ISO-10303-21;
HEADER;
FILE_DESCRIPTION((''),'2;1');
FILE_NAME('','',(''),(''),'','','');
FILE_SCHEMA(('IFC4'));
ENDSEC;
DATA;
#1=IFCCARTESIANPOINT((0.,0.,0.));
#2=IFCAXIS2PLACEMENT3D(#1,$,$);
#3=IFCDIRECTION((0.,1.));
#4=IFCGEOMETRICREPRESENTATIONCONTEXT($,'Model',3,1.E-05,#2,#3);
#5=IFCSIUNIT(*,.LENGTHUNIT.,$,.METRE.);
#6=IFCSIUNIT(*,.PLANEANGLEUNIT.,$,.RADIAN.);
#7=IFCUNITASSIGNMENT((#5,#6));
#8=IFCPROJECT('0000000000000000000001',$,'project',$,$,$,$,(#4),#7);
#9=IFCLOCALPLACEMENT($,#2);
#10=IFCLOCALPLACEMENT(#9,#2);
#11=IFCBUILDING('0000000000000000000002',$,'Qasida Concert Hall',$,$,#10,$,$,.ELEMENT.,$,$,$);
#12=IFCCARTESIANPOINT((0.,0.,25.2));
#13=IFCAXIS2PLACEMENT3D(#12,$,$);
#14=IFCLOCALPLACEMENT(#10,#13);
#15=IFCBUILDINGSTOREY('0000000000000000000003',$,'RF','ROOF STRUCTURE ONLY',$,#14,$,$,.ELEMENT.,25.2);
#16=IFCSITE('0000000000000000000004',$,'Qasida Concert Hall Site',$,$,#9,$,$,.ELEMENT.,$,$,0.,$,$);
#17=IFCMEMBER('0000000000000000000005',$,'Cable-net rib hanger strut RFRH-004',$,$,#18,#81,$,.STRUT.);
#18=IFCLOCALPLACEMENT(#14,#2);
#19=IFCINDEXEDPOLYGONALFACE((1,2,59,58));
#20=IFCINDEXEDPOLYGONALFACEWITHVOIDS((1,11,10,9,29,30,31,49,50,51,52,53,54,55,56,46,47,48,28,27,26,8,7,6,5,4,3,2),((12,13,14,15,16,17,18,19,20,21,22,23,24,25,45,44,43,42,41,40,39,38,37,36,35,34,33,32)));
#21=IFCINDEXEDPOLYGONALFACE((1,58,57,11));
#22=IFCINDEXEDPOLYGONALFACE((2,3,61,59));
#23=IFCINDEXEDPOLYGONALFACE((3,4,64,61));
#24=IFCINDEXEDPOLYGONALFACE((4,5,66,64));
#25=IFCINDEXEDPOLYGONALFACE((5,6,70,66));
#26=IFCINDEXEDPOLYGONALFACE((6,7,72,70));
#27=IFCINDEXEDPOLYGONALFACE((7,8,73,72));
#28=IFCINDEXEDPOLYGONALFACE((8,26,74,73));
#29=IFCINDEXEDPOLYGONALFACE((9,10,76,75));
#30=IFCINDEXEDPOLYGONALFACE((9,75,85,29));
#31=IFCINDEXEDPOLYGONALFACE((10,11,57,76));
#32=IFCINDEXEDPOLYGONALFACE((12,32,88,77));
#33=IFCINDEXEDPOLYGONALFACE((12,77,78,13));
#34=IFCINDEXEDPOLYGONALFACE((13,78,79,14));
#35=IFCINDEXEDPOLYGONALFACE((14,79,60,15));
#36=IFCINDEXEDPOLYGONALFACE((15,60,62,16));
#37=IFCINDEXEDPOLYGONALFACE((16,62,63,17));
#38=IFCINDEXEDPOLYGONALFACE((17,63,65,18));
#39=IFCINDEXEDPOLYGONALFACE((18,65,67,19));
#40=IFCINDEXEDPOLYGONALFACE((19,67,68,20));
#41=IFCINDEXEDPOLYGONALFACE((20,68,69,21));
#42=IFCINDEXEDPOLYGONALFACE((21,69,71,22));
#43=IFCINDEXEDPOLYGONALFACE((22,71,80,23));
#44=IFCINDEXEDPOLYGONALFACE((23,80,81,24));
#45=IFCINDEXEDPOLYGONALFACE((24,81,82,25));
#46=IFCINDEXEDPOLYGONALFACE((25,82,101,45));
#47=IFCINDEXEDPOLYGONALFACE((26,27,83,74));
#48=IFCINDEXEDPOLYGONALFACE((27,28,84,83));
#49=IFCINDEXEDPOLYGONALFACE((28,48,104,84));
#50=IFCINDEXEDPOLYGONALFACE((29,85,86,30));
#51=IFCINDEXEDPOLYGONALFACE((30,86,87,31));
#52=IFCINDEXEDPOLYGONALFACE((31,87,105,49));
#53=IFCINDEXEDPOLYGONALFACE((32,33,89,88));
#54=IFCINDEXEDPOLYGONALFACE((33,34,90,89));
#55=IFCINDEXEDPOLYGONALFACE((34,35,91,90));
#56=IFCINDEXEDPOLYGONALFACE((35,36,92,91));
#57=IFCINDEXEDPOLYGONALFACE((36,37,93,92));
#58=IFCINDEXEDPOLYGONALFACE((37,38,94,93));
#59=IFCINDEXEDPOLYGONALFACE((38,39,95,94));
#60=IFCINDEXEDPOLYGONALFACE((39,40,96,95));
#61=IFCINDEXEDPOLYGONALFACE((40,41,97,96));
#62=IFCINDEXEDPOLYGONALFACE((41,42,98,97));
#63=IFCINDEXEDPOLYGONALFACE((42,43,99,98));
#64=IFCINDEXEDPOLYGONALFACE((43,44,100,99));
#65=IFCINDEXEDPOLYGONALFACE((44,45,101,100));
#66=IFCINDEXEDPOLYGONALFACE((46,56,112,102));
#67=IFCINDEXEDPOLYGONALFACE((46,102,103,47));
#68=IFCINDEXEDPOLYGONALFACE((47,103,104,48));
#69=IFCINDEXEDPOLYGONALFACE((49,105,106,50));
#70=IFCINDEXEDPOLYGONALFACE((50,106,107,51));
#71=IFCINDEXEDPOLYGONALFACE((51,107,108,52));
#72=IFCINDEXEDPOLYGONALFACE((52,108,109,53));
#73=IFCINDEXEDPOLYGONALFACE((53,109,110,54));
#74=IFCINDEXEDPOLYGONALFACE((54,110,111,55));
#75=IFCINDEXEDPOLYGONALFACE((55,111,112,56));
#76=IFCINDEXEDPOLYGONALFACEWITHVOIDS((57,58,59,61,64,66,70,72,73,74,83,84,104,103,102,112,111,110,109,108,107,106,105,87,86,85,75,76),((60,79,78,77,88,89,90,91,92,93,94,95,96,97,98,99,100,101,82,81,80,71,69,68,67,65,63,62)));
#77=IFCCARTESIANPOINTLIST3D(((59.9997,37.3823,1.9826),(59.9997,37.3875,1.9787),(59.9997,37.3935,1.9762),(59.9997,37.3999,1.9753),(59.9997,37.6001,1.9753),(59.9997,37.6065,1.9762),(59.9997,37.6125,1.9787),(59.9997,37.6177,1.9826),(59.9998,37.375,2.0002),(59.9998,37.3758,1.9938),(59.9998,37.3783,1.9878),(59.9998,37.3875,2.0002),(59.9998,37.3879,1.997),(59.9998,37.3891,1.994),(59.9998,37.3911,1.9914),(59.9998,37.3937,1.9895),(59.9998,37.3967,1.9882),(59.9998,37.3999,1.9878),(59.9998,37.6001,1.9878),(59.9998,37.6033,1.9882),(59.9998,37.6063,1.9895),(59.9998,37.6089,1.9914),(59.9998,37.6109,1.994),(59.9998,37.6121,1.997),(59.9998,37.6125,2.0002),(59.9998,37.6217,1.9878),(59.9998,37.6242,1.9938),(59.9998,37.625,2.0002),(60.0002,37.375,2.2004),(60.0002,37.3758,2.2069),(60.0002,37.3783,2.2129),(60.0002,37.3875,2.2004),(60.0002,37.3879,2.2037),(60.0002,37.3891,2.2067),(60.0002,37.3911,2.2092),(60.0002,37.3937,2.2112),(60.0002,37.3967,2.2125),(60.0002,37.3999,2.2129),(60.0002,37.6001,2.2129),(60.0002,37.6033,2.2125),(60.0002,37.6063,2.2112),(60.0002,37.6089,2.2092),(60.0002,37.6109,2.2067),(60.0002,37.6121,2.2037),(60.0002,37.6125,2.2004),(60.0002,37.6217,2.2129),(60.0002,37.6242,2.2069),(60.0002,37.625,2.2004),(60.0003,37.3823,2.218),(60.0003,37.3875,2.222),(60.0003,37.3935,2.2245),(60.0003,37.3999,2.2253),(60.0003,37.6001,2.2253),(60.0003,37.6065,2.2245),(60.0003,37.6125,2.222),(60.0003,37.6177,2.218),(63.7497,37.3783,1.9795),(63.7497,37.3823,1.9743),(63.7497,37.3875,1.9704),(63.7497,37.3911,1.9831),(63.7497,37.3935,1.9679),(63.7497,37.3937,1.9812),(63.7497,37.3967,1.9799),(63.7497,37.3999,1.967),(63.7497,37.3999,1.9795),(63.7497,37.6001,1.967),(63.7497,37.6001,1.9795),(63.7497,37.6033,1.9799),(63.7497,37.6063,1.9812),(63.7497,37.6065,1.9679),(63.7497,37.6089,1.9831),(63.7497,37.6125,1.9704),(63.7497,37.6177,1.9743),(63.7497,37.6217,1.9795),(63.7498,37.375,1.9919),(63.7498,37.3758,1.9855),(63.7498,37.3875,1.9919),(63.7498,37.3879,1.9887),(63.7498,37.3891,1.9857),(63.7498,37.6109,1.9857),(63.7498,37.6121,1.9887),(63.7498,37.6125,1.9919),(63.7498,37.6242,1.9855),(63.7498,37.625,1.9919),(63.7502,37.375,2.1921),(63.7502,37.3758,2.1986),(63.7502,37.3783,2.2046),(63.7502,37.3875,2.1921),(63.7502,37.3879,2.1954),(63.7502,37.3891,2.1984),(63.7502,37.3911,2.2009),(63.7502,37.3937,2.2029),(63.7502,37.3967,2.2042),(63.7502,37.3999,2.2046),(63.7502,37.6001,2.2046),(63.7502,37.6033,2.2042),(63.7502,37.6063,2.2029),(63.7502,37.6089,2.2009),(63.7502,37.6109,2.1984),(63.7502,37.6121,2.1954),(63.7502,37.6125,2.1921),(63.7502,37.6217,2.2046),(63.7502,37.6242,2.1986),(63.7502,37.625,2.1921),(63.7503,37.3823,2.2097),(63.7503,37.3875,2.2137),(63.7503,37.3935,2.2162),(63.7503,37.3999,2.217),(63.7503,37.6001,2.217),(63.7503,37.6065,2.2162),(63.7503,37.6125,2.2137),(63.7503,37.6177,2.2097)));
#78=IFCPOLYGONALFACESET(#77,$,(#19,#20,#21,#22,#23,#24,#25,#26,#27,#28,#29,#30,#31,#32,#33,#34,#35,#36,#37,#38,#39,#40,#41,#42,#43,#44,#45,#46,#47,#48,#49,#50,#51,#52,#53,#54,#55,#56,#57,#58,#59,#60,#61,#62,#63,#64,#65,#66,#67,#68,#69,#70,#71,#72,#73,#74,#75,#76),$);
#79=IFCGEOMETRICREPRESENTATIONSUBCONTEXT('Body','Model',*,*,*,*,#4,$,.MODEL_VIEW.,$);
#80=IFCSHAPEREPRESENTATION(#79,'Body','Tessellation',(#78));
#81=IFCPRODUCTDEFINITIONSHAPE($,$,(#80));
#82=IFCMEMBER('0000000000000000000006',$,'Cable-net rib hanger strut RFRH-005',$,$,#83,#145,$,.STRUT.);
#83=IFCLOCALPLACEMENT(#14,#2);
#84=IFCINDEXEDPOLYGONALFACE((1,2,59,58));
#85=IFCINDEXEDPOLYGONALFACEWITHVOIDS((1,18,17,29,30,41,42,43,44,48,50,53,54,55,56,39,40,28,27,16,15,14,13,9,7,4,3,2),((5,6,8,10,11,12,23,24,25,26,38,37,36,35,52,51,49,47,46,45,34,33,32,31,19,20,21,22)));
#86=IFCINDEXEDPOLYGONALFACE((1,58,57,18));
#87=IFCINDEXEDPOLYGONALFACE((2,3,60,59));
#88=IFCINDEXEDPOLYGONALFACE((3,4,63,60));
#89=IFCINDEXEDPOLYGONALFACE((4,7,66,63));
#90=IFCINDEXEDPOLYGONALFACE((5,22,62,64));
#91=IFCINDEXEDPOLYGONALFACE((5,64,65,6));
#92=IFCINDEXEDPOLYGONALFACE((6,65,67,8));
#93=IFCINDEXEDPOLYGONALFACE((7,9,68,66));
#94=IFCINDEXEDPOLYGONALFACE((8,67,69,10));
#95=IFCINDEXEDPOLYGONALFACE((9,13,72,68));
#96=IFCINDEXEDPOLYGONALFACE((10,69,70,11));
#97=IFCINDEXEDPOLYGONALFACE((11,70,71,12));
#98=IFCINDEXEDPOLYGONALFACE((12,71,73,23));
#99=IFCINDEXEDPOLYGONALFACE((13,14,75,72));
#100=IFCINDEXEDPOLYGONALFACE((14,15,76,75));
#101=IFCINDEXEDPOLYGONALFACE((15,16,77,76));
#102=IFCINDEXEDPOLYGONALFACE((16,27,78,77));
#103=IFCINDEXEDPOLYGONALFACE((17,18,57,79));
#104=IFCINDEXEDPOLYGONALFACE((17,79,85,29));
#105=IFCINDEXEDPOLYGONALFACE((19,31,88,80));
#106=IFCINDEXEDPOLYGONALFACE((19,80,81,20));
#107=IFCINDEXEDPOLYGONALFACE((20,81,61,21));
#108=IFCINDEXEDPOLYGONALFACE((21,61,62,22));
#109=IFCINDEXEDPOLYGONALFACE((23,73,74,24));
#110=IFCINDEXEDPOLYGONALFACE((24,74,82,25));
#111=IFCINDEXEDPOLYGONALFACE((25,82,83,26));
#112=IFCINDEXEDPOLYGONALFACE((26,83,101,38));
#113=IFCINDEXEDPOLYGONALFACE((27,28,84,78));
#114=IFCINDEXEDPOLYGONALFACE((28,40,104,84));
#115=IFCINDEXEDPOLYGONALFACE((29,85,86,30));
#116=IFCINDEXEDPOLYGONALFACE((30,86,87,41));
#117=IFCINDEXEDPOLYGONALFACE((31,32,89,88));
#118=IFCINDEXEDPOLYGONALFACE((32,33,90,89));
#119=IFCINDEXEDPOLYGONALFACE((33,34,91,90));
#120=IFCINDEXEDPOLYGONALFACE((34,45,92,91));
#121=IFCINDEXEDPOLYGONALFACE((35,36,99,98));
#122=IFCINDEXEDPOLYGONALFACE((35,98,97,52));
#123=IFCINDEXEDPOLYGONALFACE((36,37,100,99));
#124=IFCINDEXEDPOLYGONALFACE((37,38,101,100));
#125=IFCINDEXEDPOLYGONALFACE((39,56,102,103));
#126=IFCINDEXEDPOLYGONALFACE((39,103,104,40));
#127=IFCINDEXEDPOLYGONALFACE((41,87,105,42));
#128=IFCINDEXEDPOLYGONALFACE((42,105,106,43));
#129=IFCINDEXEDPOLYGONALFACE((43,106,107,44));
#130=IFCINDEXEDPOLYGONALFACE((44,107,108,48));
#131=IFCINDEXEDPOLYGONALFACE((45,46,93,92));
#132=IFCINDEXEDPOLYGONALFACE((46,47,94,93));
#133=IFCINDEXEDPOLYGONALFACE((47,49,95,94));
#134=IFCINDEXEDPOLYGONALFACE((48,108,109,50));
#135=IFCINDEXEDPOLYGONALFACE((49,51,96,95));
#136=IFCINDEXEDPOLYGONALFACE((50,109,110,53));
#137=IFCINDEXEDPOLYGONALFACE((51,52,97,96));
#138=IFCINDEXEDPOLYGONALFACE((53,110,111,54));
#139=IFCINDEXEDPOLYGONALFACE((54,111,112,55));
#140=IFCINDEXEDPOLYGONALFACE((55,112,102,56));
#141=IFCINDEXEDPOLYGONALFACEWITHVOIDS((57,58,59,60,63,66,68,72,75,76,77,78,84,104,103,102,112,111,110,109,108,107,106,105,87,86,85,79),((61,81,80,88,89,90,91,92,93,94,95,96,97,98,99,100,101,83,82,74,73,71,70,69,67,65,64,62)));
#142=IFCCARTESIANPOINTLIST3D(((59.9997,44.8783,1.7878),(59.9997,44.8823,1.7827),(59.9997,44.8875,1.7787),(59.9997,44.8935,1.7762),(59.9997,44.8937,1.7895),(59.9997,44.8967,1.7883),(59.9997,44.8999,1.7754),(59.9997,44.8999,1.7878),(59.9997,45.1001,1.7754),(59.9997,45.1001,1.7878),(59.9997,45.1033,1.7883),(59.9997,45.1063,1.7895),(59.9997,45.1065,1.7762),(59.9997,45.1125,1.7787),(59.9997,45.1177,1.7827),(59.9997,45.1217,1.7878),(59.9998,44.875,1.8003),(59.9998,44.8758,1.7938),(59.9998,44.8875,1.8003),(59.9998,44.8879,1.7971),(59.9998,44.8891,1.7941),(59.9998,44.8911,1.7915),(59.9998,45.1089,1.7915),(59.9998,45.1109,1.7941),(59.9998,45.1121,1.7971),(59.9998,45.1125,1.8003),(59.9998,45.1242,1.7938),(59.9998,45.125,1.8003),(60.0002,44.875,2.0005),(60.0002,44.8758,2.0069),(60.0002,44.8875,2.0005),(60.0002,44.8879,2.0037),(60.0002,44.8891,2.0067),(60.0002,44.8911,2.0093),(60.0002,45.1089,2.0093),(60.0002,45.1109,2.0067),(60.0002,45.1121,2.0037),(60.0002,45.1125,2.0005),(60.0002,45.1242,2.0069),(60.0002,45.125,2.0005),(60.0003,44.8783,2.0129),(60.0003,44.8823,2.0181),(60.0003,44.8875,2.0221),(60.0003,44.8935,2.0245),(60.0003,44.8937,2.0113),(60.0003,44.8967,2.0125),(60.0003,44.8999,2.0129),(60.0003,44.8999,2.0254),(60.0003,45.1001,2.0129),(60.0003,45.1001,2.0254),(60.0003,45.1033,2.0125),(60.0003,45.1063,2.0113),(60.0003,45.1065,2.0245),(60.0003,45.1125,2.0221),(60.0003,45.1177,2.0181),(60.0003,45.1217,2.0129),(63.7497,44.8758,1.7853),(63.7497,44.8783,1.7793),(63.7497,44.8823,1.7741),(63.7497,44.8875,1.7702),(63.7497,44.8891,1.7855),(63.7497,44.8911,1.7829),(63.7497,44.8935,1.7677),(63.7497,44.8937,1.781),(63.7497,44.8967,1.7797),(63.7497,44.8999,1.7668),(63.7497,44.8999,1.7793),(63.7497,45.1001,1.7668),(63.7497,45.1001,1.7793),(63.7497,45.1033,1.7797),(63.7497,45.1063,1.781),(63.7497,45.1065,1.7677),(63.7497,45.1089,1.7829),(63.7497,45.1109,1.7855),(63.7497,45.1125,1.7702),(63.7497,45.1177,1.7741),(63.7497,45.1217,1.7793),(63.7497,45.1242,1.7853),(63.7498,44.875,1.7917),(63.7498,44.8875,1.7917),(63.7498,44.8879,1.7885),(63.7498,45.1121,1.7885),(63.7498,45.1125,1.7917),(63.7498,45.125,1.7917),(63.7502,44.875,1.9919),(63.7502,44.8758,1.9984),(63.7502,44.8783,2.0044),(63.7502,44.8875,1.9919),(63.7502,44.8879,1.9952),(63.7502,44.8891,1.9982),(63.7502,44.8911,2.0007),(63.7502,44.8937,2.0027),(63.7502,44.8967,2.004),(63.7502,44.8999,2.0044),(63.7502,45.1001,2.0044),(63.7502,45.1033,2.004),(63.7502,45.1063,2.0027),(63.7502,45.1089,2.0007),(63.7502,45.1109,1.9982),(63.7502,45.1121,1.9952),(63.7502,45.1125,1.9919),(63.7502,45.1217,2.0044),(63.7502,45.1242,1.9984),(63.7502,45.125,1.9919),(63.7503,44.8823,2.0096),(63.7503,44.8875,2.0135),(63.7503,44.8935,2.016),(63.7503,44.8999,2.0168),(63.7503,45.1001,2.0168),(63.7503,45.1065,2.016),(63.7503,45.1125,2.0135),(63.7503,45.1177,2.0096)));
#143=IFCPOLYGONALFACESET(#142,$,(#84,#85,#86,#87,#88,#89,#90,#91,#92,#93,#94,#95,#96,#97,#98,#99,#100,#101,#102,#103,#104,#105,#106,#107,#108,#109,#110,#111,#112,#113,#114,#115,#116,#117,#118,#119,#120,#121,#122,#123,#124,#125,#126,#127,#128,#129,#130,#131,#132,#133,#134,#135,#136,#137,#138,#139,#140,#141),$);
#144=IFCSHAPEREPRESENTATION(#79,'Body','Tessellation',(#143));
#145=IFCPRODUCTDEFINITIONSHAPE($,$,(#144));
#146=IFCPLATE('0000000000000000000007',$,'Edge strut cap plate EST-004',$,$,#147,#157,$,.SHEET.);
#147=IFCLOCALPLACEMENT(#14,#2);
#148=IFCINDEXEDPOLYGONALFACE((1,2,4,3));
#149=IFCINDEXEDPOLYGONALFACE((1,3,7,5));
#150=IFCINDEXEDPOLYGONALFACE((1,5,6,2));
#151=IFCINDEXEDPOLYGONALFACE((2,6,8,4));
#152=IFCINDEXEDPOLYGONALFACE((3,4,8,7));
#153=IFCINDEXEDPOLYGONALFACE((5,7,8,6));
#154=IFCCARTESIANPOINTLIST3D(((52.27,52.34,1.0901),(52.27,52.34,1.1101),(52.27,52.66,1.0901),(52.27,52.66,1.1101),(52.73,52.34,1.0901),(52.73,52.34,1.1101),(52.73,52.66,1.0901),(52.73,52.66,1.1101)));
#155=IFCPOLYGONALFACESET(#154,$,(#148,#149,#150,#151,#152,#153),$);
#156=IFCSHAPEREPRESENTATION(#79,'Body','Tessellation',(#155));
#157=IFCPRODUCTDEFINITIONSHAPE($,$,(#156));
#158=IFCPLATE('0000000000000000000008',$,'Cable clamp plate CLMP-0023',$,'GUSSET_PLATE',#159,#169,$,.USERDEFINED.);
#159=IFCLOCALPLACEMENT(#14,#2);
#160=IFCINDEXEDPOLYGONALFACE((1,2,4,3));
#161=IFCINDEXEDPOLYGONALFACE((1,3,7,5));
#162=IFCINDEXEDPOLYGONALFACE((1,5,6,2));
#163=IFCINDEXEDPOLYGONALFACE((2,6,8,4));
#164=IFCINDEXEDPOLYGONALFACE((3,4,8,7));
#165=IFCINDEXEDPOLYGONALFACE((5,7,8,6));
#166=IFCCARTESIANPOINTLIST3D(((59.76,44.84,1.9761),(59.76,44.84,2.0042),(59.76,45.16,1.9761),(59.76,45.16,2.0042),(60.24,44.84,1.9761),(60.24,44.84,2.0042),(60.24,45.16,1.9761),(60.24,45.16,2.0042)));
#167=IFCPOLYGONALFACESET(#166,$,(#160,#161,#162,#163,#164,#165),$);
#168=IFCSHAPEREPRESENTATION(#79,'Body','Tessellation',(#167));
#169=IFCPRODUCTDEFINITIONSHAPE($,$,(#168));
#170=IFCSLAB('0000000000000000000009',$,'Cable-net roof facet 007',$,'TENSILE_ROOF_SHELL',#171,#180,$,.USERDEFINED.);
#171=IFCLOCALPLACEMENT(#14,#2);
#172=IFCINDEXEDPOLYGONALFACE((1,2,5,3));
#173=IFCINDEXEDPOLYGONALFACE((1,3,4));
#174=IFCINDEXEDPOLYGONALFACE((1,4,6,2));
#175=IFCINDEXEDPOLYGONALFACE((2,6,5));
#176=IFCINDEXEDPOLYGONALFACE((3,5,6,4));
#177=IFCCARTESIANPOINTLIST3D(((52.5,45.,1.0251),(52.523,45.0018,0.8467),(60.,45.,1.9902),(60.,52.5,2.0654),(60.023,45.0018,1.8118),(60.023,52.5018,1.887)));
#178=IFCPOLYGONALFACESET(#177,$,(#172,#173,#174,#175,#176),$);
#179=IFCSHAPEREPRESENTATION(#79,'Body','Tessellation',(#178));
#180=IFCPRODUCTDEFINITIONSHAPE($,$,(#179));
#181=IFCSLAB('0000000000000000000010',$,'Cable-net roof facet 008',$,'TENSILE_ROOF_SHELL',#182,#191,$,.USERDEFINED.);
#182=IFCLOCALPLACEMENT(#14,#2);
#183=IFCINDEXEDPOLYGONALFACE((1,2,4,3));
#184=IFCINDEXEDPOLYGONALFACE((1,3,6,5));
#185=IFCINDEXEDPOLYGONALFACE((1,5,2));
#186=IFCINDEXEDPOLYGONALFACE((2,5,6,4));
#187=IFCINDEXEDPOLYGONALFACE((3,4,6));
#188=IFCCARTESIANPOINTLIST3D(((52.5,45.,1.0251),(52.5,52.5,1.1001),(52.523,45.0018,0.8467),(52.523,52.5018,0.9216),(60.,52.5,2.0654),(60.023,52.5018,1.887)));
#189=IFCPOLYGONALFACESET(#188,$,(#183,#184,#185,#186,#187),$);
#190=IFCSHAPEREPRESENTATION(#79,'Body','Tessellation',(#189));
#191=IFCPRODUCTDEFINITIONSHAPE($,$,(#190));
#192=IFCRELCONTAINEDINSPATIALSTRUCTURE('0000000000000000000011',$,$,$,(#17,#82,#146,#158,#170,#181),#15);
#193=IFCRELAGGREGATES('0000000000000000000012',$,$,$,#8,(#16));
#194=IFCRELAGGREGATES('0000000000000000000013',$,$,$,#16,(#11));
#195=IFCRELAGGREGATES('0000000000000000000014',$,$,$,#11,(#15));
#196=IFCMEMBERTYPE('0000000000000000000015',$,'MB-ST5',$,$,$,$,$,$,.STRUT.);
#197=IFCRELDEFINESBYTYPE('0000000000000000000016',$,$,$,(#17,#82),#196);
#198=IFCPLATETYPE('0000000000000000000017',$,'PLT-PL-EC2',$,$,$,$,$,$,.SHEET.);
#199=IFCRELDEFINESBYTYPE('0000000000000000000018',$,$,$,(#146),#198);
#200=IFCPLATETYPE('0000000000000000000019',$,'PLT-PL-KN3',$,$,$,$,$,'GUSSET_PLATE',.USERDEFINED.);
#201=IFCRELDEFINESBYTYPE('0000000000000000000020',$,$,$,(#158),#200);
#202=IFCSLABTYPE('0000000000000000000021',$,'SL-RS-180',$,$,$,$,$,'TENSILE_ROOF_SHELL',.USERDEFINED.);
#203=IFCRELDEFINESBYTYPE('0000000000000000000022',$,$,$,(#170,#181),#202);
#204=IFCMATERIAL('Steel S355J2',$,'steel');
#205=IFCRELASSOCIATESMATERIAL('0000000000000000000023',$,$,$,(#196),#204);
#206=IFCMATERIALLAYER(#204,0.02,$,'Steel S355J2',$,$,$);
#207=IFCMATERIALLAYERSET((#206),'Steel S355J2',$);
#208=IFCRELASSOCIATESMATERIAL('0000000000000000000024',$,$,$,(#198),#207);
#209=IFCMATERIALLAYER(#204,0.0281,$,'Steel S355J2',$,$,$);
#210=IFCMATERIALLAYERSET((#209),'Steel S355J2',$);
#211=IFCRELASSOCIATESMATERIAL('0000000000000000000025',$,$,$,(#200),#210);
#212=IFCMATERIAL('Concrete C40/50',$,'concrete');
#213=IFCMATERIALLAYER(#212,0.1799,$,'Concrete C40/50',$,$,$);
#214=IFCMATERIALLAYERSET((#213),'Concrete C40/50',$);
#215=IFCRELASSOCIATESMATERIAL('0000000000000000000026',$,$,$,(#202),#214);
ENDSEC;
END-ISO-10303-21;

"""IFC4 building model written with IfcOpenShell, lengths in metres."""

from ifc_helpers import new_model, si_unit, direction, frame, origin, origin_2d, place, context, subcontext, project, spatial, polyline, rectangle, hollow_rectangle, outline, extrude, material, layer, layer_set, material_profile, profile_set, type_object, element, save


model = new_model("IFC4")

# Units and contexts
model_context = context("Model", 3, precision=1e-05, world=origin(), true_north=direction((0.0, 1.0)))
body_context = subcontext(model_context, "Body", "Model", "MODEL_VIEW")
ifc_project = project(units=[si_unit("LENGTHUNIT", "METRE"), si_unit("PLANEANGLEUNIT", "RADIAN")], contexts=[model_context])

# Site, building, storey
site_placement = place(None, origin())
site = spatial("IfcSite", under=ifc_project, at=site_placement, Name="Qasida Concert Hall Site", CompositionType="ELEMENT", RefElevation=0.0)
building_placement = place(site_placement, origin())
building = spatial("IfcBuilding", under=site, at=building_placement, Name="Qasida Concert Hall", CompositionType="ELEMENT")
storey_placement = place(building_placement, frame((0.0, 0.0, 25.2)))
storey = spatial("IfcBuildingStorey", under=building, at=storey_placement, Name="RF", Description="ROOF STRUCTURE ONLY", CompositionType="ELEMENT", Elevation=25.2)

# Members
ifc_material_1 = material(Name="Steel S355J2", Category="steel")
ifc_material_profile_1 = material_profile(ifc_material_1, hollow_rectangle(XDim=0.25, YDim=0.25, WallThickness=0.0125, InnerFilletRadius=0.0125, OuterFilletRadius=0.0249, at=origin_2d()), Name="SHS 250x250x12.5")
ifc_profile_set_1 = profile_set([ifc_material_profile_1], Name="Steel S355J2")
member_type_1 = type_object("IfcMemberType", Name="MB-ST5", PredefinedType="STRUT", material=ifc_profile_set_1)
for number, where, z_axis, x_axis, name in (
    (1, (60.0, 37.5, 2.1003), (0.999998, 0.0, -0.002214), (0.0, 1.0, 0.0), "Cable-net rib hanger strut RFRH-004"),
    (2, (60.0, 45.0, 1.9004), (0.999997, 0.0, -0.002279), (0.0, 1.0, 0.0), "Cable-net rib hanger strut RFRH-005"),
):
    element("IfcMember", number, at=place(storey_placement, frame(where, z_axis=z_axis, x_axis=x_axis)), inside=storey, type_object=member_type_1, Name=name, PredefinedType="STRUT", context=body_context, shape_type="SweptSolid", body=[
        extrude(hollow_rectangle(XDim=0.25, YDim=0.25, WallThickness=0.0125, InnerFilletRadius=0.0125, OuterFilletRadius=0.0249, at=origin_2d()), origin(), (0.0, 0.0, 1.0), 3.75),
    ])

# Plates
ifc_layer_1 = layer(ifc_material_1, 0.02, Name="Steel S355J2")
ifc_layer_set_1 = layer_set([ifc_layer_1], Name="Steel S355J2")
plate_type_1 = type_object("IfcPlateType", Name="PLT-PL-EC2", PredefinedType="SHEET", material=ifc_layer_set_1)
plate_1_placement = place(storey_placement, frame((52.5, 52.5, 1.0901), z_axis=(0.0, 0.0, 1.0), x_axis=(1.0, 0.0, 0.0)))
element("IfcPlate", 3, at=plate_1_placement, inside=storey, type_object=plate_type_1, Name="Edge strut cap plate EST-004", PredefinedType="SHEET", context=body_context, shape_type="SweptSolid", body=[
    extrude(rectangle(XDim=0.46, YDim=0.3201, at=origin_2d()), origin(), (0.0, 0.0, 1.0), 0.02),
])
ifc_layer_2 = layer(ifc_material_1, 0.0281, Name="Steel S355J2")
ifc_layer_set_2 = layer_set([ifc_layer_2], Name="Steel S355J2")
plate_type_2 = type_object("IfcPlateType", Name="PLT-PL-KN3", ElementType="GUSSET_PLATE", PredefinedType="USERDEFINED", material=ifc_layer_set_2)
plate_2_placement = place(storey_placement, frame((60.0, 45.0, 1.9761), z_axis=(0.0, 0.0, 1.0), x_axis=(1.0, 0.0, 0.0)))
element("IfcPlate", 4, at=plate_2_placement, inside=storey, type_object=plate_type_2, Name="Cable clamp plate CLMP-0023", ObjectType="GUSSET_PLATE", PredefinedType="USERDEFINED", context=body_context, shape_type="SweptSolid", body=[
    extrude(rectangle(XDim=0.48, YDim=0.3201, at=origin_2d()), origin(), (0.0, 0.0, 1.0), 0.0281),
])

# Slabs
ifc_material_2 = material(Name="Concrete C40/50", Category="concrete")
ifc_layer_3 = layer(ifc_material_2, 0.1799, Name="Concrete C40/50")
ifc_layer_set_3 = layer_set([ifc_layer_3], Name="Concrete C40/50")
slab_type = type_object("IfcSlabType", Name="SL-RS-180", ElementType="TENSILE_ROOF_SHELL", PredefinedType="USERDEFINED", material=ifc_layer_set_3)
slab_1_placement = place(storey_placement, frame((52.5, 45.0, 1.0251), z_axis=(-0.12762, -0.009944, 0.991773), x_axis=(0.991822, 0.0, 0.127626)))
element("IfcSlab", 5, at=slab_1_placement, inside=storey, type_object=slab_type, Name="Cable-net roof facet 007", ObjectType="TENSILE_ROOF_SHELL", PredefinedType="USERDEFINED", context=body_context, shape_type="SweptSolid", body=[
    extrude(outline(polyline([(0.0, 0.0), (7.5618, 0.0), (7.5714, 7.5004), (0.0, 0.0)])), origin(), (0.0, 0.0, -1.0), 0.1799),
])
slab_2_placement = place(storey_placement, frame((52.5, 45.0, 1.0251), z_axis=(-0.127652, -0.009911, 0.99177), x_axis=(0.70373, 0.70373, 0.09761)))
element("IfcSlab", 6, at=slab_2_placement, inside=storey, type_object=slab_type, Name="Cable-net roof facet 008", ObjectType="TENSILE_ROOF_SHELL", PredefinedType="USERDEFINED", context=body_context, shape_type="SweptSolid", body=[
    extrude(outline(polyline([(0.0, 0.0), (10.6575, 0.0), (5.2853, 5.3218), (0.0, 0.0)])), origin(), (0.0, 0.0, -1.0), 0.1799),
])

save(model, "model.ifc")
